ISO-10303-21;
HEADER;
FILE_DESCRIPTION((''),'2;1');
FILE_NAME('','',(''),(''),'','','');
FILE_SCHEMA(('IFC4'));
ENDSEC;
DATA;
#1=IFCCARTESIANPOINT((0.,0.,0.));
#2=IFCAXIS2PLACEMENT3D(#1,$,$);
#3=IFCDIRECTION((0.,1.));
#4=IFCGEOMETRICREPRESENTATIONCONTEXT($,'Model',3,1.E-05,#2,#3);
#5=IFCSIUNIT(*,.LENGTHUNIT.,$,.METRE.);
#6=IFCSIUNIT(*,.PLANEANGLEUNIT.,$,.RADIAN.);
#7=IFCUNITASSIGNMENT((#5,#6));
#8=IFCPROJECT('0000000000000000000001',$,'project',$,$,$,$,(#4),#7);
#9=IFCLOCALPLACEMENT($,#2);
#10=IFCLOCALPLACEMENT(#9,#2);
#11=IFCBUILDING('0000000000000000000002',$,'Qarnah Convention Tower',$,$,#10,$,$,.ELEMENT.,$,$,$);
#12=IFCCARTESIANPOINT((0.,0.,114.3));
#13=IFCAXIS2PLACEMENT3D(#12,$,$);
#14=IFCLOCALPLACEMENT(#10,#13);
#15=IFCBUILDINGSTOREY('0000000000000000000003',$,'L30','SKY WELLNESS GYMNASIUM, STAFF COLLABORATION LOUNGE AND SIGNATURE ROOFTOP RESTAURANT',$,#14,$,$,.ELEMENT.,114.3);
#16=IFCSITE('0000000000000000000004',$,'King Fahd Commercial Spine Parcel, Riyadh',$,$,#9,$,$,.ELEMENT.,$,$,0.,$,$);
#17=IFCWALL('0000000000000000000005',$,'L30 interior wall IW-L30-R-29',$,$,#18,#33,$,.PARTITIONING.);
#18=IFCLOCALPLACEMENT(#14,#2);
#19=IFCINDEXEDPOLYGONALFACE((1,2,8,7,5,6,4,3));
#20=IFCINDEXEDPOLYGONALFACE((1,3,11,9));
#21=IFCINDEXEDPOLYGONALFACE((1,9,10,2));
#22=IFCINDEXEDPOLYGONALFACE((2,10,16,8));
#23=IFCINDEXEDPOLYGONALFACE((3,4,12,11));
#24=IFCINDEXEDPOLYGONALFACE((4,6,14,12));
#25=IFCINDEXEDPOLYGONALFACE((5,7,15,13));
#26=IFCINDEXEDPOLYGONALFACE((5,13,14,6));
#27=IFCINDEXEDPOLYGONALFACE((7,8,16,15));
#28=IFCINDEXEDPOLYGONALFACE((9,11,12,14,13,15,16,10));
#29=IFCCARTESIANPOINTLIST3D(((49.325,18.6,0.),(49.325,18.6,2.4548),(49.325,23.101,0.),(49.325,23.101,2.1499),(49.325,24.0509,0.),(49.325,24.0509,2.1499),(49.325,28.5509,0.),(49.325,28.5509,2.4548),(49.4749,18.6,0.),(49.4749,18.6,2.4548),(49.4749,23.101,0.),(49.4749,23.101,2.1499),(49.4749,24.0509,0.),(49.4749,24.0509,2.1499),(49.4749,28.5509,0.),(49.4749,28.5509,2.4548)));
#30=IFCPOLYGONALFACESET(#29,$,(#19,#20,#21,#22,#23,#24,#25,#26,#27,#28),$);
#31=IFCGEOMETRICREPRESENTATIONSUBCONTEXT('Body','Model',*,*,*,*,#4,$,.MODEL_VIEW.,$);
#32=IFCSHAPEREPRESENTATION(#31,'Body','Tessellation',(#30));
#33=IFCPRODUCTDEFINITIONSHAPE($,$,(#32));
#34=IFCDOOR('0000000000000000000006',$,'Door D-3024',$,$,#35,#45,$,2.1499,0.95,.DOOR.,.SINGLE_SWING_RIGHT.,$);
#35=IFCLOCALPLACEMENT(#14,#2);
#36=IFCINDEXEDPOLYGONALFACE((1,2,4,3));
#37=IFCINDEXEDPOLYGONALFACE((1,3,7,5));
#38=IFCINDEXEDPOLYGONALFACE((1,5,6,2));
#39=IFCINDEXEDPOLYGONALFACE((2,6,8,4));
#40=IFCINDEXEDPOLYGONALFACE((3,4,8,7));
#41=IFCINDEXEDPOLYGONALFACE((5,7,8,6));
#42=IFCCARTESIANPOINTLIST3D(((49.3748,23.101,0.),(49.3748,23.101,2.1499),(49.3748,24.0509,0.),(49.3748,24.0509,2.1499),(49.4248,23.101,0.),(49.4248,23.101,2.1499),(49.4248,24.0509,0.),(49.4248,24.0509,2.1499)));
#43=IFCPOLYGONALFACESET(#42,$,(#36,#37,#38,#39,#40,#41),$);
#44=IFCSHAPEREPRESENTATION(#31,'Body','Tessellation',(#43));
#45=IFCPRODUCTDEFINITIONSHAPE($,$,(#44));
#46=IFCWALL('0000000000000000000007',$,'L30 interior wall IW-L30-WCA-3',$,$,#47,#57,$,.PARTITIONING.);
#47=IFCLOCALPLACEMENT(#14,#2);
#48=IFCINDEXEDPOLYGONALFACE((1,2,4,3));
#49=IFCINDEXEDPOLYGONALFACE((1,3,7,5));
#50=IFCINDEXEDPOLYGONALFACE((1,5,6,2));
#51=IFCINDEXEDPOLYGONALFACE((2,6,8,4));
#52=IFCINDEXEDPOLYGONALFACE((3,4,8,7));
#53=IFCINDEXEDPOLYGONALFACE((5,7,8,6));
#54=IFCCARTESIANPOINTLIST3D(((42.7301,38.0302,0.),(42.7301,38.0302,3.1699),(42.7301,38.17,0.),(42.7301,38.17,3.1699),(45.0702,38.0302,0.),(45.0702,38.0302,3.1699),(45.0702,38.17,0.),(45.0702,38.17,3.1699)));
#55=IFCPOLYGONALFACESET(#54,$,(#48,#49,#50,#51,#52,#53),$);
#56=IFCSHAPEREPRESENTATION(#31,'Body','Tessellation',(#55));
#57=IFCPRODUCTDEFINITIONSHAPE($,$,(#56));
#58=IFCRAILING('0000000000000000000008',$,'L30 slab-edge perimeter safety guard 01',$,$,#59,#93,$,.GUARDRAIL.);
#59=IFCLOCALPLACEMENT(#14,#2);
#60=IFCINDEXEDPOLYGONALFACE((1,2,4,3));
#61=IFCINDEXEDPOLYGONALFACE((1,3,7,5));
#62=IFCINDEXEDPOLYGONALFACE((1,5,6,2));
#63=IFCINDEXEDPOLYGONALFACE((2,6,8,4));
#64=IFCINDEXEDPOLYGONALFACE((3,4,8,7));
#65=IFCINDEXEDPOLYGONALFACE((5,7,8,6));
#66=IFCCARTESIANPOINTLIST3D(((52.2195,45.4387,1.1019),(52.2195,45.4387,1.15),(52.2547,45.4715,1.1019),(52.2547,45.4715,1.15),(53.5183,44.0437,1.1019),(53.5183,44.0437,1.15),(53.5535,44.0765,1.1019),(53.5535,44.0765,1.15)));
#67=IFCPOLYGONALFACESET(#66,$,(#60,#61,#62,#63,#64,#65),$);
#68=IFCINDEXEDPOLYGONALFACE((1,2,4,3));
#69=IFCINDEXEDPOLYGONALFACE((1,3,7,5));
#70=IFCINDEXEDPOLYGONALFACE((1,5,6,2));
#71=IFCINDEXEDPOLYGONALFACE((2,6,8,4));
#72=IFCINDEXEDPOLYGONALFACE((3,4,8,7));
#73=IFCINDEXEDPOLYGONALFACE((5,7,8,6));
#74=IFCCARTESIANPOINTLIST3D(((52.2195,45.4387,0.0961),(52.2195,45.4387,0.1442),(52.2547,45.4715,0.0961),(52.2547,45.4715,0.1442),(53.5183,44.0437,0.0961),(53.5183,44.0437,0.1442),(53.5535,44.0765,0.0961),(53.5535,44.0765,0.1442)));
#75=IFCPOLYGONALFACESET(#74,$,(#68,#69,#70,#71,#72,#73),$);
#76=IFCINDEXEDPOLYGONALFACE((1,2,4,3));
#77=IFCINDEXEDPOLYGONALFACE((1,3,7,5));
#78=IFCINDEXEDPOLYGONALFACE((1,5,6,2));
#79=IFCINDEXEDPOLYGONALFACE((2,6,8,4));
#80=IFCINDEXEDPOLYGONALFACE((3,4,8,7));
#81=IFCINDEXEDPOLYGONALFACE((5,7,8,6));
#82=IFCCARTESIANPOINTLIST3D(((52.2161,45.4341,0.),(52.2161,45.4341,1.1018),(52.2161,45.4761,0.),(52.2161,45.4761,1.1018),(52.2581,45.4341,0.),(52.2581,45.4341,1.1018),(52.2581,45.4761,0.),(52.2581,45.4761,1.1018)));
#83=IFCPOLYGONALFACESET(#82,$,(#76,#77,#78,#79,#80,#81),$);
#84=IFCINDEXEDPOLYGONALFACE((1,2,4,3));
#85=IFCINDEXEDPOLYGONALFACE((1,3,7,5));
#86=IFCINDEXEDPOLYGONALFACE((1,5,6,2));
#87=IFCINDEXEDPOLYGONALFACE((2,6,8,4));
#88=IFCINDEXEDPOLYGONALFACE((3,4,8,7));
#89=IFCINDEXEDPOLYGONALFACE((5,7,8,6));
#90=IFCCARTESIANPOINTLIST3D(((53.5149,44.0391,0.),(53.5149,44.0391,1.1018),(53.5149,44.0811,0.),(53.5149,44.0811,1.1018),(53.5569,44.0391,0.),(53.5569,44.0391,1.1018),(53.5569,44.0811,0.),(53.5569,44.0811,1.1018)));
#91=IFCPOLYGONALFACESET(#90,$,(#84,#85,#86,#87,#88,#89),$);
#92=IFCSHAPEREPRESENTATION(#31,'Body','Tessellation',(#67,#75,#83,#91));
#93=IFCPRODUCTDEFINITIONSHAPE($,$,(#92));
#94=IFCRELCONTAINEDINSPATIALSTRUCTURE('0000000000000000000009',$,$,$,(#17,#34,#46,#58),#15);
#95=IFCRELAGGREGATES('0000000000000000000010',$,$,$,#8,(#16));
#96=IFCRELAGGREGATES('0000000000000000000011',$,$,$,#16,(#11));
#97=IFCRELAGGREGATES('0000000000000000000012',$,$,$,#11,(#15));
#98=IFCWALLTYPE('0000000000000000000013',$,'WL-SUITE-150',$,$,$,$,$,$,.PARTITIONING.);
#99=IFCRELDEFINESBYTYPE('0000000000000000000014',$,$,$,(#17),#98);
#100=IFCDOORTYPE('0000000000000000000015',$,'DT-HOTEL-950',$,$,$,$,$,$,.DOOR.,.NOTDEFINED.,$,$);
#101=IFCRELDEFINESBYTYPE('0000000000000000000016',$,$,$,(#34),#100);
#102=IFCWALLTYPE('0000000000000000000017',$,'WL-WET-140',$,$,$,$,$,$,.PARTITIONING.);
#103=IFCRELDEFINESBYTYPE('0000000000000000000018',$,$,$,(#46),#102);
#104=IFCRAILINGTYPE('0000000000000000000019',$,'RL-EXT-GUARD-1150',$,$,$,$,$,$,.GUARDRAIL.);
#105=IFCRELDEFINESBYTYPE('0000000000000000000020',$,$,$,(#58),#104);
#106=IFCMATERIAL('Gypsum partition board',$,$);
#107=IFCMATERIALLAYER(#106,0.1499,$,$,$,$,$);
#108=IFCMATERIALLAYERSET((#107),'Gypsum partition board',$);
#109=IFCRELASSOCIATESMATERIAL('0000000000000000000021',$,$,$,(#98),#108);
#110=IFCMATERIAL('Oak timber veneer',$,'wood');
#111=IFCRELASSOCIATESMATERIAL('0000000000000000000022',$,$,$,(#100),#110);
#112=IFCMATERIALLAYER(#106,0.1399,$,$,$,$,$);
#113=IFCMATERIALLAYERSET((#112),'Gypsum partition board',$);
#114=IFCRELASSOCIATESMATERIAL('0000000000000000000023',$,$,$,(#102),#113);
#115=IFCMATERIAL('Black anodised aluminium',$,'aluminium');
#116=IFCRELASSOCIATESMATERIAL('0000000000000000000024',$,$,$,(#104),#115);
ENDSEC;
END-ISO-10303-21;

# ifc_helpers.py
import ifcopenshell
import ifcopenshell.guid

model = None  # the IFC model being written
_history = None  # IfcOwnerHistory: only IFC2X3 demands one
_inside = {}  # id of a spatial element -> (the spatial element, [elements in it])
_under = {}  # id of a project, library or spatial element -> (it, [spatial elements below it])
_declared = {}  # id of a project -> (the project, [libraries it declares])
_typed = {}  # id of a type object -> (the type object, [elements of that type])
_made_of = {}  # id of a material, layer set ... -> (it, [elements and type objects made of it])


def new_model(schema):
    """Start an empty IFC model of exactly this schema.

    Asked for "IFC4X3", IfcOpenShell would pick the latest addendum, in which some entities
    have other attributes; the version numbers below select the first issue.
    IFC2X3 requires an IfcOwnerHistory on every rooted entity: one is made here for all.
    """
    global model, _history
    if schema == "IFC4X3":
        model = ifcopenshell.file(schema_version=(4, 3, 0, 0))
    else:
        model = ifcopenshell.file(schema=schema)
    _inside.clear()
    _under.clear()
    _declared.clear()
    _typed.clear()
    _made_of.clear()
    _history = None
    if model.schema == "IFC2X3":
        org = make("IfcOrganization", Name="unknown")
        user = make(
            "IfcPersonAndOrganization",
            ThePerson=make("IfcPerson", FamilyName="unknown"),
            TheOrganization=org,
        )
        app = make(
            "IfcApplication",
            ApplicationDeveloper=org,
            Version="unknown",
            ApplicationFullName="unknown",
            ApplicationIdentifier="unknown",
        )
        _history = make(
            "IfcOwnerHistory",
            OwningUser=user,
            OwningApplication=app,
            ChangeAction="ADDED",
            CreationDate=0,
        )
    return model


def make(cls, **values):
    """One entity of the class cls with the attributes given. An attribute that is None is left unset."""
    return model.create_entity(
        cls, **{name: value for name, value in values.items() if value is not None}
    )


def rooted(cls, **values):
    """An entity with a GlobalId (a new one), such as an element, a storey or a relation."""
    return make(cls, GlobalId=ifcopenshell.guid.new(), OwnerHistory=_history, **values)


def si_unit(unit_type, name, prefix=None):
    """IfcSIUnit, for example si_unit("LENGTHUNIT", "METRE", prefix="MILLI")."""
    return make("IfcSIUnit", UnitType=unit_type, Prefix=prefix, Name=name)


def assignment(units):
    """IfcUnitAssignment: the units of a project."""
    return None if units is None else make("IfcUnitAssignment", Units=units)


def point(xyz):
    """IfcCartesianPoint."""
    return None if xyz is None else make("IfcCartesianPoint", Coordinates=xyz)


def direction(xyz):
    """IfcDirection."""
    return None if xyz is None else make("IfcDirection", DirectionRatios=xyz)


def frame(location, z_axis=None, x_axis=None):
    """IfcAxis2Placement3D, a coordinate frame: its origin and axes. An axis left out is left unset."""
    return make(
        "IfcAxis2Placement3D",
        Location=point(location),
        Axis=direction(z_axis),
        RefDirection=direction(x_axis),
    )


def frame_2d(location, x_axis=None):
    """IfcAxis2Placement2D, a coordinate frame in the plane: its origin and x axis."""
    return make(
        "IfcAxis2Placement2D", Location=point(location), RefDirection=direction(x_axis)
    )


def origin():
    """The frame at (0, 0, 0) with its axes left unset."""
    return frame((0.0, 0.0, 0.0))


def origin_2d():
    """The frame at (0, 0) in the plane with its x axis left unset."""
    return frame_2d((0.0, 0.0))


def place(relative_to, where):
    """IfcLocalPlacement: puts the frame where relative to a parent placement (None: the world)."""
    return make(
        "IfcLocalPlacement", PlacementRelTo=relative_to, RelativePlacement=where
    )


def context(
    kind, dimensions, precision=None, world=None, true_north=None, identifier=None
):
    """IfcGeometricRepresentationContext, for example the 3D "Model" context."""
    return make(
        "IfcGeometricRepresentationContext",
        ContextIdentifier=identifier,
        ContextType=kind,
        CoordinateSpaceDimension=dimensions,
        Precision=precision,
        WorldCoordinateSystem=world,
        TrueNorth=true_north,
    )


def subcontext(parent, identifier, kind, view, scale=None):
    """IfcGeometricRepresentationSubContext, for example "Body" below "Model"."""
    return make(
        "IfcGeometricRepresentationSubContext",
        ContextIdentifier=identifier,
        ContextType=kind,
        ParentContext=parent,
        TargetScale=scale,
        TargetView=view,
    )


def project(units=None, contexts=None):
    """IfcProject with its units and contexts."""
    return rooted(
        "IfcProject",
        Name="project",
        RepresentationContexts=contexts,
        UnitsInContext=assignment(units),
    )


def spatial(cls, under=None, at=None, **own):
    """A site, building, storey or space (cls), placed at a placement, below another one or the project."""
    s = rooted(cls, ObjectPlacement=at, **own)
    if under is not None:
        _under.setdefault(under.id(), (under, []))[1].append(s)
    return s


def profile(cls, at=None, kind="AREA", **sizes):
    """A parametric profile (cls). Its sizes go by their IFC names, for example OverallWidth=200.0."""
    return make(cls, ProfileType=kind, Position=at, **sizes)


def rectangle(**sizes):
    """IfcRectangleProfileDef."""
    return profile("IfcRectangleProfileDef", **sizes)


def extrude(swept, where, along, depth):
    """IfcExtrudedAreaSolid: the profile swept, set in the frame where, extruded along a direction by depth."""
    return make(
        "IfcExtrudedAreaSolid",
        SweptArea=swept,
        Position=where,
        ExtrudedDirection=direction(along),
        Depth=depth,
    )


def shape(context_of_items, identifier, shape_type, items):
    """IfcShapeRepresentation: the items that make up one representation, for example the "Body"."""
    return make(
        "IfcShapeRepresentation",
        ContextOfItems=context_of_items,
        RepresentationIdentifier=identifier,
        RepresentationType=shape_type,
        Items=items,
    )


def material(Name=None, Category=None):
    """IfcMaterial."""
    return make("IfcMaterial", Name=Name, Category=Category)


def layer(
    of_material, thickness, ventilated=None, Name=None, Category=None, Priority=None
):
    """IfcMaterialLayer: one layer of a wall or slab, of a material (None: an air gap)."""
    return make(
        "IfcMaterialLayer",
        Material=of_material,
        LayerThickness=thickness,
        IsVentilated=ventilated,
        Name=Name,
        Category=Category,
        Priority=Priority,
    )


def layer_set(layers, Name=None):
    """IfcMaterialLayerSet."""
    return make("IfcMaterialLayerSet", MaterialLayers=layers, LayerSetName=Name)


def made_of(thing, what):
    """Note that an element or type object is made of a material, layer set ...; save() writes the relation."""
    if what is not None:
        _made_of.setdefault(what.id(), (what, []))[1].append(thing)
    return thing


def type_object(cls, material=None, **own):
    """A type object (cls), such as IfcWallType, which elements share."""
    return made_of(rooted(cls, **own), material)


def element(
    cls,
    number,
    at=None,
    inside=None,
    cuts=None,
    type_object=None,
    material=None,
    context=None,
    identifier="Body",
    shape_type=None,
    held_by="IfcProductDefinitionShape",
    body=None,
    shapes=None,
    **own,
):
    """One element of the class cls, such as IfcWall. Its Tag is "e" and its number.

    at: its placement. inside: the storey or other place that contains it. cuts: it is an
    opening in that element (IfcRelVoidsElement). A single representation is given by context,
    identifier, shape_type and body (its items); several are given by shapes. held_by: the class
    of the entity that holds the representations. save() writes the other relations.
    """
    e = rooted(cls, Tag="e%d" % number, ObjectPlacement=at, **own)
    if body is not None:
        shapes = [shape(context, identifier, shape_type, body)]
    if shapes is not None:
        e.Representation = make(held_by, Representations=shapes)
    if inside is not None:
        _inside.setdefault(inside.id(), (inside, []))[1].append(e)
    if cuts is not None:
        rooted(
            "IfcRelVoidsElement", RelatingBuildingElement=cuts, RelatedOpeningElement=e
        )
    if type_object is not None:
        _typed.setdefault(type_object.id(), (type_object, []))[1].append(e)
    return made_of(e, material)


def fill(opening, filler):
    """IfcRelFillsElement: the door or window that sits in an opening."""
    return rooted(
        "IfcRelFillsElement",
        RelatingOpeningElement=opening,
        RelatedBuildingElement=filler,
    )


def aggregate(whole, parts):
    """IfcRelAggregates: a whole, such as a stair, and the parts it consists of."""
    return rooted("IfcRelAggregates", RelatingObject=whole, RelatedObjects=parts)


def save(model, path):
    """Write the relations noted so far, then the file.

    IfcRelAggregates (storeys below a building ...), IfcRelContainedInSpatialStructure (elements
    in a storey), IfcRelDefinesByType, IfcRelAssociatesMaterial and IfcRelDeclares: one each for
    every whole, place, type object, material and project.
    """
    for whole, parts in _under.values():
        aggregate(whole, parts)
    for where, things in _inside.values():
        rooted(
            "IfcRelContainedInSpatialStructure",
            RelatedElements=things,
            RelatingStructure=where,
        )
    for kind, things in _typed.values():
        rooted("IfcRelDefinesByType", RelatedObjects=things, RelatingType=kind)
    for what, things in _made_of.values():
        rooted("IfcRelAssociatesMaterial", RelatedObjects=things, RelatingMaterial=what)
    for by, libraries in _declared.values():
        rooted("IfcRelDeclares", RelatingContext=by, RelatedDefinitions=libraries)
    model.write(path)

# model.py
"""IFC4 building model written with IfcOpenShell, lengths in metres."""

from ifc_helpers import new_model, si_unit, direction, frame, frame_2d, origin, origin_2d, place, context, subcontext, project, spatial, rectangle, extrude, material, layer, layer_set, type_object, element, fill, save


model = new_model("IFC4")

# Units and contexts
model_context = context("Model", 3, precision=1e-05, world=origin(), true_north=direction((0.0, 1.0)))
body_context = subcontext(model_context, "Body", "Model", "MODEL_VIEW")
ifc_project = project(units=[si_unit("LENGTHUNIT", "METRE"), si_unit("PLANEANGLEUNIT", "RADIAN")], contexts=[model_context])

# Site, building, storey
site_placement = place(None, origin())
site = spatial("IfcSite", under=ifc_project, at=site_placement, Name="King Fahd Commercial Spine Parcel, Riyadh", CompositionType="ELEMENT", RefElevation=0.0)
building_placement = place(site_placement, origin())
building = spatial("IfcBuilding", under=site, at=building_placement, Name="Qarnah Convention Tower", CompositionType="ELEMENT")
storey_placement = place(building_placement, frame((0.0, 0.0, 114.3)))
storey = spatial("IfcBuildingStorey", under=building, at=storey_placement, Name="L30", Description="SKY WELLNESS GYMNASIUM, STAFF COLLABORATION LOUNGE AND SIGNATURE ROOFTOP RESTAURANT", CompositionType="ELEMENT", Elevation=114.3)

# Shared definitions
ifc_material_1 = material(Name="Black anodised aluminium", Category="aluminium")

# Shared definitions
ifc_material_2 = material(Name="Gypsum partition board")
ifc_layer_1 = layer(ifc_material_2, 0.1499)
ifc_layer_set_1 = layer_set([ifc_layer_1], Name="Gypsum partition board")
wall_type_1 = type_object("IfcWallType", Name="WL-SUITE-150", PredefinedType="PARTITIONING", material=ifc_layer_set_1)

# Wall, opening, door
ifc_material_3 = material(Name="Oak timber veneer", Category="wood")
door_type_1 = type_object("IfcDoorType", Name="DT-HOTEL-950", OperationType="NOTDEFINED", PredefinedType="DOOR", material=ifc_material_3)
wall_1_placement = place(storey_placement, frame((49.3999, 28.551, 0.0), z_axis=(0.0, 0.0, 1.0), x_axis=(0.0, -1.0, 0.0)))
wall_1 = element("IfcWall", 1, at=wall_1_placement, inside=storey, type_object=wall_type_1, Name="L30 interior wall IW-L30-R-29", PredefinedType="PARTITIONING", context=body_context, shape_type="SweptSolid", body=[
    extrude(rectangle(XDim=9.9509, YDim=0.1499, at=frame_2d((4.9756, 0.0))), origin(), (0.0, 0.0, 1.0), 2.4548),
])
opening_1_placement = place(wall_1_placement, frame((4.5, 0.0, 0.0)))
opening_1 = element("IfcOpeningElement", 2, at=opening_1_placement, cuts=wall_1, PredefinedType="OPENING", context=body_context, shape_type="SweptSolid", body=[
    extrude(rectangle(XDim=0.95, YDim=2.1499, at=frame_2d((0.4751, 1.075))), frame((0.0, 0.085, 0.0), z_axis=(0.0, -1.0, 0.0), x_axis=(1.0, 0.0, 0.0)), (0.0, 0.0, 1.0), 0.1699),
])
door_1_placement = place(opening_1_placement, origin())
door_1 = element("IfcDoor", 3, at=door_1_placement, inside=storey, type_object=door_type_1, Name="Door D-3024", OperationType="SINGLE_SWING_RIGHT", OverallHeight=2.1499, OverallWidth=0.95, PredefinedType="DOOR", context=body_context, shape_type="SweptSolid", body=[
    extrude(rectangle(XDim=0.95, YDim=2.1499, at=frame_2d((0.4751, 1.075))), frame((0.0, 0.0249, 0.0), z_axis=(0.0, -1.0, 0.0), x_axis=(1.0, 0.0, 0.0)), (0.0, 0.0, 1.0), 0.05),
])
fill(opening_1, door_1)

# Wall
ifc_layer_2 = layer(ifc_material_2, 0.1399)
ifc_layer_set_2 = layer_set([ifc_layer_2], Name="Gypsum partition board")
wall_type_2 = type_object("IfcWallType", Name="WL-WET-140", PredefinedType="PARTITIONING", material=ifc_layer_set_2)
wall_2_placement = place(storey_placement, frame((45.0701, 38.1001, 0.0), z_axis=(0.0, 0.0, 1.0), x_axis=(-1.0, 0.0, 0.0)))
element("IfcWall", 4, at=wall_2_placement, inside=storey, type_object=wall_type_2, Name="L30 interior wall IW-L30-WCA-3", PredefinedType="PARTITIONING", context=body_context, shape_type="SweptSolid", body=[
    extrude(rectangle(XDim=2.3401, YDim=0.1399, at=frame_2d((1.1699, 0.0))), origin(), (0.0, 0.0, 1.0), 3.1699),
])

# Railing
railing_type = type_object("IfcRailingType", Name="RL-EXT-GUARD-1150", PredefinedType="GUARDRAIL", material=ifc_material_1)
railing_1_placement = place(storey_placement, frame((52.2371, 45.4551, 0.0)))
element("IfcRailing", 5, at=railing_1_placement, inside=storey, type_object=railing_type, Name="L30 slab-edge perimeter safety guard 01", PredefinedType="GUARDRAIL", context=body_context, shape_type="SweptSolid", body=[
    extrude(rectangle(XDim=0.0481, YDim=0.0481, at=origin_2d()), frame((0.0, 0.0, 1.126), z_axis=(0.681423, -0.73189, 0.0), x_axis=(0.73189, 0.681423, 0.0)), (0.0, 0.0, 1.0), 1.906),
    extrude(rectangle(XDim=0.0481, YDim=0.0481, at=origin_2d()), frame((0.0, 0.0, 0.1201), z_axis=(0.681423, -0.73189, 0.0), x_axis=(0.73189, 0.681423, 0.0)), (0.0, 0.0, 1.0), 1.906),
    extrude(rectangle(XDim=0.042, YDim=0.042, at=origin_2d()), origin(), (0.0, 0.0, 1.0), 1.1018),
    extrude(rectangle(XDim=0.042, YDim=0.042, at=origin_2d()), frame((1.2988, -1.395, 0.0)), (0.0, 0.0, 1.0), 1.1018),
])

save(model, "model.ifc")
